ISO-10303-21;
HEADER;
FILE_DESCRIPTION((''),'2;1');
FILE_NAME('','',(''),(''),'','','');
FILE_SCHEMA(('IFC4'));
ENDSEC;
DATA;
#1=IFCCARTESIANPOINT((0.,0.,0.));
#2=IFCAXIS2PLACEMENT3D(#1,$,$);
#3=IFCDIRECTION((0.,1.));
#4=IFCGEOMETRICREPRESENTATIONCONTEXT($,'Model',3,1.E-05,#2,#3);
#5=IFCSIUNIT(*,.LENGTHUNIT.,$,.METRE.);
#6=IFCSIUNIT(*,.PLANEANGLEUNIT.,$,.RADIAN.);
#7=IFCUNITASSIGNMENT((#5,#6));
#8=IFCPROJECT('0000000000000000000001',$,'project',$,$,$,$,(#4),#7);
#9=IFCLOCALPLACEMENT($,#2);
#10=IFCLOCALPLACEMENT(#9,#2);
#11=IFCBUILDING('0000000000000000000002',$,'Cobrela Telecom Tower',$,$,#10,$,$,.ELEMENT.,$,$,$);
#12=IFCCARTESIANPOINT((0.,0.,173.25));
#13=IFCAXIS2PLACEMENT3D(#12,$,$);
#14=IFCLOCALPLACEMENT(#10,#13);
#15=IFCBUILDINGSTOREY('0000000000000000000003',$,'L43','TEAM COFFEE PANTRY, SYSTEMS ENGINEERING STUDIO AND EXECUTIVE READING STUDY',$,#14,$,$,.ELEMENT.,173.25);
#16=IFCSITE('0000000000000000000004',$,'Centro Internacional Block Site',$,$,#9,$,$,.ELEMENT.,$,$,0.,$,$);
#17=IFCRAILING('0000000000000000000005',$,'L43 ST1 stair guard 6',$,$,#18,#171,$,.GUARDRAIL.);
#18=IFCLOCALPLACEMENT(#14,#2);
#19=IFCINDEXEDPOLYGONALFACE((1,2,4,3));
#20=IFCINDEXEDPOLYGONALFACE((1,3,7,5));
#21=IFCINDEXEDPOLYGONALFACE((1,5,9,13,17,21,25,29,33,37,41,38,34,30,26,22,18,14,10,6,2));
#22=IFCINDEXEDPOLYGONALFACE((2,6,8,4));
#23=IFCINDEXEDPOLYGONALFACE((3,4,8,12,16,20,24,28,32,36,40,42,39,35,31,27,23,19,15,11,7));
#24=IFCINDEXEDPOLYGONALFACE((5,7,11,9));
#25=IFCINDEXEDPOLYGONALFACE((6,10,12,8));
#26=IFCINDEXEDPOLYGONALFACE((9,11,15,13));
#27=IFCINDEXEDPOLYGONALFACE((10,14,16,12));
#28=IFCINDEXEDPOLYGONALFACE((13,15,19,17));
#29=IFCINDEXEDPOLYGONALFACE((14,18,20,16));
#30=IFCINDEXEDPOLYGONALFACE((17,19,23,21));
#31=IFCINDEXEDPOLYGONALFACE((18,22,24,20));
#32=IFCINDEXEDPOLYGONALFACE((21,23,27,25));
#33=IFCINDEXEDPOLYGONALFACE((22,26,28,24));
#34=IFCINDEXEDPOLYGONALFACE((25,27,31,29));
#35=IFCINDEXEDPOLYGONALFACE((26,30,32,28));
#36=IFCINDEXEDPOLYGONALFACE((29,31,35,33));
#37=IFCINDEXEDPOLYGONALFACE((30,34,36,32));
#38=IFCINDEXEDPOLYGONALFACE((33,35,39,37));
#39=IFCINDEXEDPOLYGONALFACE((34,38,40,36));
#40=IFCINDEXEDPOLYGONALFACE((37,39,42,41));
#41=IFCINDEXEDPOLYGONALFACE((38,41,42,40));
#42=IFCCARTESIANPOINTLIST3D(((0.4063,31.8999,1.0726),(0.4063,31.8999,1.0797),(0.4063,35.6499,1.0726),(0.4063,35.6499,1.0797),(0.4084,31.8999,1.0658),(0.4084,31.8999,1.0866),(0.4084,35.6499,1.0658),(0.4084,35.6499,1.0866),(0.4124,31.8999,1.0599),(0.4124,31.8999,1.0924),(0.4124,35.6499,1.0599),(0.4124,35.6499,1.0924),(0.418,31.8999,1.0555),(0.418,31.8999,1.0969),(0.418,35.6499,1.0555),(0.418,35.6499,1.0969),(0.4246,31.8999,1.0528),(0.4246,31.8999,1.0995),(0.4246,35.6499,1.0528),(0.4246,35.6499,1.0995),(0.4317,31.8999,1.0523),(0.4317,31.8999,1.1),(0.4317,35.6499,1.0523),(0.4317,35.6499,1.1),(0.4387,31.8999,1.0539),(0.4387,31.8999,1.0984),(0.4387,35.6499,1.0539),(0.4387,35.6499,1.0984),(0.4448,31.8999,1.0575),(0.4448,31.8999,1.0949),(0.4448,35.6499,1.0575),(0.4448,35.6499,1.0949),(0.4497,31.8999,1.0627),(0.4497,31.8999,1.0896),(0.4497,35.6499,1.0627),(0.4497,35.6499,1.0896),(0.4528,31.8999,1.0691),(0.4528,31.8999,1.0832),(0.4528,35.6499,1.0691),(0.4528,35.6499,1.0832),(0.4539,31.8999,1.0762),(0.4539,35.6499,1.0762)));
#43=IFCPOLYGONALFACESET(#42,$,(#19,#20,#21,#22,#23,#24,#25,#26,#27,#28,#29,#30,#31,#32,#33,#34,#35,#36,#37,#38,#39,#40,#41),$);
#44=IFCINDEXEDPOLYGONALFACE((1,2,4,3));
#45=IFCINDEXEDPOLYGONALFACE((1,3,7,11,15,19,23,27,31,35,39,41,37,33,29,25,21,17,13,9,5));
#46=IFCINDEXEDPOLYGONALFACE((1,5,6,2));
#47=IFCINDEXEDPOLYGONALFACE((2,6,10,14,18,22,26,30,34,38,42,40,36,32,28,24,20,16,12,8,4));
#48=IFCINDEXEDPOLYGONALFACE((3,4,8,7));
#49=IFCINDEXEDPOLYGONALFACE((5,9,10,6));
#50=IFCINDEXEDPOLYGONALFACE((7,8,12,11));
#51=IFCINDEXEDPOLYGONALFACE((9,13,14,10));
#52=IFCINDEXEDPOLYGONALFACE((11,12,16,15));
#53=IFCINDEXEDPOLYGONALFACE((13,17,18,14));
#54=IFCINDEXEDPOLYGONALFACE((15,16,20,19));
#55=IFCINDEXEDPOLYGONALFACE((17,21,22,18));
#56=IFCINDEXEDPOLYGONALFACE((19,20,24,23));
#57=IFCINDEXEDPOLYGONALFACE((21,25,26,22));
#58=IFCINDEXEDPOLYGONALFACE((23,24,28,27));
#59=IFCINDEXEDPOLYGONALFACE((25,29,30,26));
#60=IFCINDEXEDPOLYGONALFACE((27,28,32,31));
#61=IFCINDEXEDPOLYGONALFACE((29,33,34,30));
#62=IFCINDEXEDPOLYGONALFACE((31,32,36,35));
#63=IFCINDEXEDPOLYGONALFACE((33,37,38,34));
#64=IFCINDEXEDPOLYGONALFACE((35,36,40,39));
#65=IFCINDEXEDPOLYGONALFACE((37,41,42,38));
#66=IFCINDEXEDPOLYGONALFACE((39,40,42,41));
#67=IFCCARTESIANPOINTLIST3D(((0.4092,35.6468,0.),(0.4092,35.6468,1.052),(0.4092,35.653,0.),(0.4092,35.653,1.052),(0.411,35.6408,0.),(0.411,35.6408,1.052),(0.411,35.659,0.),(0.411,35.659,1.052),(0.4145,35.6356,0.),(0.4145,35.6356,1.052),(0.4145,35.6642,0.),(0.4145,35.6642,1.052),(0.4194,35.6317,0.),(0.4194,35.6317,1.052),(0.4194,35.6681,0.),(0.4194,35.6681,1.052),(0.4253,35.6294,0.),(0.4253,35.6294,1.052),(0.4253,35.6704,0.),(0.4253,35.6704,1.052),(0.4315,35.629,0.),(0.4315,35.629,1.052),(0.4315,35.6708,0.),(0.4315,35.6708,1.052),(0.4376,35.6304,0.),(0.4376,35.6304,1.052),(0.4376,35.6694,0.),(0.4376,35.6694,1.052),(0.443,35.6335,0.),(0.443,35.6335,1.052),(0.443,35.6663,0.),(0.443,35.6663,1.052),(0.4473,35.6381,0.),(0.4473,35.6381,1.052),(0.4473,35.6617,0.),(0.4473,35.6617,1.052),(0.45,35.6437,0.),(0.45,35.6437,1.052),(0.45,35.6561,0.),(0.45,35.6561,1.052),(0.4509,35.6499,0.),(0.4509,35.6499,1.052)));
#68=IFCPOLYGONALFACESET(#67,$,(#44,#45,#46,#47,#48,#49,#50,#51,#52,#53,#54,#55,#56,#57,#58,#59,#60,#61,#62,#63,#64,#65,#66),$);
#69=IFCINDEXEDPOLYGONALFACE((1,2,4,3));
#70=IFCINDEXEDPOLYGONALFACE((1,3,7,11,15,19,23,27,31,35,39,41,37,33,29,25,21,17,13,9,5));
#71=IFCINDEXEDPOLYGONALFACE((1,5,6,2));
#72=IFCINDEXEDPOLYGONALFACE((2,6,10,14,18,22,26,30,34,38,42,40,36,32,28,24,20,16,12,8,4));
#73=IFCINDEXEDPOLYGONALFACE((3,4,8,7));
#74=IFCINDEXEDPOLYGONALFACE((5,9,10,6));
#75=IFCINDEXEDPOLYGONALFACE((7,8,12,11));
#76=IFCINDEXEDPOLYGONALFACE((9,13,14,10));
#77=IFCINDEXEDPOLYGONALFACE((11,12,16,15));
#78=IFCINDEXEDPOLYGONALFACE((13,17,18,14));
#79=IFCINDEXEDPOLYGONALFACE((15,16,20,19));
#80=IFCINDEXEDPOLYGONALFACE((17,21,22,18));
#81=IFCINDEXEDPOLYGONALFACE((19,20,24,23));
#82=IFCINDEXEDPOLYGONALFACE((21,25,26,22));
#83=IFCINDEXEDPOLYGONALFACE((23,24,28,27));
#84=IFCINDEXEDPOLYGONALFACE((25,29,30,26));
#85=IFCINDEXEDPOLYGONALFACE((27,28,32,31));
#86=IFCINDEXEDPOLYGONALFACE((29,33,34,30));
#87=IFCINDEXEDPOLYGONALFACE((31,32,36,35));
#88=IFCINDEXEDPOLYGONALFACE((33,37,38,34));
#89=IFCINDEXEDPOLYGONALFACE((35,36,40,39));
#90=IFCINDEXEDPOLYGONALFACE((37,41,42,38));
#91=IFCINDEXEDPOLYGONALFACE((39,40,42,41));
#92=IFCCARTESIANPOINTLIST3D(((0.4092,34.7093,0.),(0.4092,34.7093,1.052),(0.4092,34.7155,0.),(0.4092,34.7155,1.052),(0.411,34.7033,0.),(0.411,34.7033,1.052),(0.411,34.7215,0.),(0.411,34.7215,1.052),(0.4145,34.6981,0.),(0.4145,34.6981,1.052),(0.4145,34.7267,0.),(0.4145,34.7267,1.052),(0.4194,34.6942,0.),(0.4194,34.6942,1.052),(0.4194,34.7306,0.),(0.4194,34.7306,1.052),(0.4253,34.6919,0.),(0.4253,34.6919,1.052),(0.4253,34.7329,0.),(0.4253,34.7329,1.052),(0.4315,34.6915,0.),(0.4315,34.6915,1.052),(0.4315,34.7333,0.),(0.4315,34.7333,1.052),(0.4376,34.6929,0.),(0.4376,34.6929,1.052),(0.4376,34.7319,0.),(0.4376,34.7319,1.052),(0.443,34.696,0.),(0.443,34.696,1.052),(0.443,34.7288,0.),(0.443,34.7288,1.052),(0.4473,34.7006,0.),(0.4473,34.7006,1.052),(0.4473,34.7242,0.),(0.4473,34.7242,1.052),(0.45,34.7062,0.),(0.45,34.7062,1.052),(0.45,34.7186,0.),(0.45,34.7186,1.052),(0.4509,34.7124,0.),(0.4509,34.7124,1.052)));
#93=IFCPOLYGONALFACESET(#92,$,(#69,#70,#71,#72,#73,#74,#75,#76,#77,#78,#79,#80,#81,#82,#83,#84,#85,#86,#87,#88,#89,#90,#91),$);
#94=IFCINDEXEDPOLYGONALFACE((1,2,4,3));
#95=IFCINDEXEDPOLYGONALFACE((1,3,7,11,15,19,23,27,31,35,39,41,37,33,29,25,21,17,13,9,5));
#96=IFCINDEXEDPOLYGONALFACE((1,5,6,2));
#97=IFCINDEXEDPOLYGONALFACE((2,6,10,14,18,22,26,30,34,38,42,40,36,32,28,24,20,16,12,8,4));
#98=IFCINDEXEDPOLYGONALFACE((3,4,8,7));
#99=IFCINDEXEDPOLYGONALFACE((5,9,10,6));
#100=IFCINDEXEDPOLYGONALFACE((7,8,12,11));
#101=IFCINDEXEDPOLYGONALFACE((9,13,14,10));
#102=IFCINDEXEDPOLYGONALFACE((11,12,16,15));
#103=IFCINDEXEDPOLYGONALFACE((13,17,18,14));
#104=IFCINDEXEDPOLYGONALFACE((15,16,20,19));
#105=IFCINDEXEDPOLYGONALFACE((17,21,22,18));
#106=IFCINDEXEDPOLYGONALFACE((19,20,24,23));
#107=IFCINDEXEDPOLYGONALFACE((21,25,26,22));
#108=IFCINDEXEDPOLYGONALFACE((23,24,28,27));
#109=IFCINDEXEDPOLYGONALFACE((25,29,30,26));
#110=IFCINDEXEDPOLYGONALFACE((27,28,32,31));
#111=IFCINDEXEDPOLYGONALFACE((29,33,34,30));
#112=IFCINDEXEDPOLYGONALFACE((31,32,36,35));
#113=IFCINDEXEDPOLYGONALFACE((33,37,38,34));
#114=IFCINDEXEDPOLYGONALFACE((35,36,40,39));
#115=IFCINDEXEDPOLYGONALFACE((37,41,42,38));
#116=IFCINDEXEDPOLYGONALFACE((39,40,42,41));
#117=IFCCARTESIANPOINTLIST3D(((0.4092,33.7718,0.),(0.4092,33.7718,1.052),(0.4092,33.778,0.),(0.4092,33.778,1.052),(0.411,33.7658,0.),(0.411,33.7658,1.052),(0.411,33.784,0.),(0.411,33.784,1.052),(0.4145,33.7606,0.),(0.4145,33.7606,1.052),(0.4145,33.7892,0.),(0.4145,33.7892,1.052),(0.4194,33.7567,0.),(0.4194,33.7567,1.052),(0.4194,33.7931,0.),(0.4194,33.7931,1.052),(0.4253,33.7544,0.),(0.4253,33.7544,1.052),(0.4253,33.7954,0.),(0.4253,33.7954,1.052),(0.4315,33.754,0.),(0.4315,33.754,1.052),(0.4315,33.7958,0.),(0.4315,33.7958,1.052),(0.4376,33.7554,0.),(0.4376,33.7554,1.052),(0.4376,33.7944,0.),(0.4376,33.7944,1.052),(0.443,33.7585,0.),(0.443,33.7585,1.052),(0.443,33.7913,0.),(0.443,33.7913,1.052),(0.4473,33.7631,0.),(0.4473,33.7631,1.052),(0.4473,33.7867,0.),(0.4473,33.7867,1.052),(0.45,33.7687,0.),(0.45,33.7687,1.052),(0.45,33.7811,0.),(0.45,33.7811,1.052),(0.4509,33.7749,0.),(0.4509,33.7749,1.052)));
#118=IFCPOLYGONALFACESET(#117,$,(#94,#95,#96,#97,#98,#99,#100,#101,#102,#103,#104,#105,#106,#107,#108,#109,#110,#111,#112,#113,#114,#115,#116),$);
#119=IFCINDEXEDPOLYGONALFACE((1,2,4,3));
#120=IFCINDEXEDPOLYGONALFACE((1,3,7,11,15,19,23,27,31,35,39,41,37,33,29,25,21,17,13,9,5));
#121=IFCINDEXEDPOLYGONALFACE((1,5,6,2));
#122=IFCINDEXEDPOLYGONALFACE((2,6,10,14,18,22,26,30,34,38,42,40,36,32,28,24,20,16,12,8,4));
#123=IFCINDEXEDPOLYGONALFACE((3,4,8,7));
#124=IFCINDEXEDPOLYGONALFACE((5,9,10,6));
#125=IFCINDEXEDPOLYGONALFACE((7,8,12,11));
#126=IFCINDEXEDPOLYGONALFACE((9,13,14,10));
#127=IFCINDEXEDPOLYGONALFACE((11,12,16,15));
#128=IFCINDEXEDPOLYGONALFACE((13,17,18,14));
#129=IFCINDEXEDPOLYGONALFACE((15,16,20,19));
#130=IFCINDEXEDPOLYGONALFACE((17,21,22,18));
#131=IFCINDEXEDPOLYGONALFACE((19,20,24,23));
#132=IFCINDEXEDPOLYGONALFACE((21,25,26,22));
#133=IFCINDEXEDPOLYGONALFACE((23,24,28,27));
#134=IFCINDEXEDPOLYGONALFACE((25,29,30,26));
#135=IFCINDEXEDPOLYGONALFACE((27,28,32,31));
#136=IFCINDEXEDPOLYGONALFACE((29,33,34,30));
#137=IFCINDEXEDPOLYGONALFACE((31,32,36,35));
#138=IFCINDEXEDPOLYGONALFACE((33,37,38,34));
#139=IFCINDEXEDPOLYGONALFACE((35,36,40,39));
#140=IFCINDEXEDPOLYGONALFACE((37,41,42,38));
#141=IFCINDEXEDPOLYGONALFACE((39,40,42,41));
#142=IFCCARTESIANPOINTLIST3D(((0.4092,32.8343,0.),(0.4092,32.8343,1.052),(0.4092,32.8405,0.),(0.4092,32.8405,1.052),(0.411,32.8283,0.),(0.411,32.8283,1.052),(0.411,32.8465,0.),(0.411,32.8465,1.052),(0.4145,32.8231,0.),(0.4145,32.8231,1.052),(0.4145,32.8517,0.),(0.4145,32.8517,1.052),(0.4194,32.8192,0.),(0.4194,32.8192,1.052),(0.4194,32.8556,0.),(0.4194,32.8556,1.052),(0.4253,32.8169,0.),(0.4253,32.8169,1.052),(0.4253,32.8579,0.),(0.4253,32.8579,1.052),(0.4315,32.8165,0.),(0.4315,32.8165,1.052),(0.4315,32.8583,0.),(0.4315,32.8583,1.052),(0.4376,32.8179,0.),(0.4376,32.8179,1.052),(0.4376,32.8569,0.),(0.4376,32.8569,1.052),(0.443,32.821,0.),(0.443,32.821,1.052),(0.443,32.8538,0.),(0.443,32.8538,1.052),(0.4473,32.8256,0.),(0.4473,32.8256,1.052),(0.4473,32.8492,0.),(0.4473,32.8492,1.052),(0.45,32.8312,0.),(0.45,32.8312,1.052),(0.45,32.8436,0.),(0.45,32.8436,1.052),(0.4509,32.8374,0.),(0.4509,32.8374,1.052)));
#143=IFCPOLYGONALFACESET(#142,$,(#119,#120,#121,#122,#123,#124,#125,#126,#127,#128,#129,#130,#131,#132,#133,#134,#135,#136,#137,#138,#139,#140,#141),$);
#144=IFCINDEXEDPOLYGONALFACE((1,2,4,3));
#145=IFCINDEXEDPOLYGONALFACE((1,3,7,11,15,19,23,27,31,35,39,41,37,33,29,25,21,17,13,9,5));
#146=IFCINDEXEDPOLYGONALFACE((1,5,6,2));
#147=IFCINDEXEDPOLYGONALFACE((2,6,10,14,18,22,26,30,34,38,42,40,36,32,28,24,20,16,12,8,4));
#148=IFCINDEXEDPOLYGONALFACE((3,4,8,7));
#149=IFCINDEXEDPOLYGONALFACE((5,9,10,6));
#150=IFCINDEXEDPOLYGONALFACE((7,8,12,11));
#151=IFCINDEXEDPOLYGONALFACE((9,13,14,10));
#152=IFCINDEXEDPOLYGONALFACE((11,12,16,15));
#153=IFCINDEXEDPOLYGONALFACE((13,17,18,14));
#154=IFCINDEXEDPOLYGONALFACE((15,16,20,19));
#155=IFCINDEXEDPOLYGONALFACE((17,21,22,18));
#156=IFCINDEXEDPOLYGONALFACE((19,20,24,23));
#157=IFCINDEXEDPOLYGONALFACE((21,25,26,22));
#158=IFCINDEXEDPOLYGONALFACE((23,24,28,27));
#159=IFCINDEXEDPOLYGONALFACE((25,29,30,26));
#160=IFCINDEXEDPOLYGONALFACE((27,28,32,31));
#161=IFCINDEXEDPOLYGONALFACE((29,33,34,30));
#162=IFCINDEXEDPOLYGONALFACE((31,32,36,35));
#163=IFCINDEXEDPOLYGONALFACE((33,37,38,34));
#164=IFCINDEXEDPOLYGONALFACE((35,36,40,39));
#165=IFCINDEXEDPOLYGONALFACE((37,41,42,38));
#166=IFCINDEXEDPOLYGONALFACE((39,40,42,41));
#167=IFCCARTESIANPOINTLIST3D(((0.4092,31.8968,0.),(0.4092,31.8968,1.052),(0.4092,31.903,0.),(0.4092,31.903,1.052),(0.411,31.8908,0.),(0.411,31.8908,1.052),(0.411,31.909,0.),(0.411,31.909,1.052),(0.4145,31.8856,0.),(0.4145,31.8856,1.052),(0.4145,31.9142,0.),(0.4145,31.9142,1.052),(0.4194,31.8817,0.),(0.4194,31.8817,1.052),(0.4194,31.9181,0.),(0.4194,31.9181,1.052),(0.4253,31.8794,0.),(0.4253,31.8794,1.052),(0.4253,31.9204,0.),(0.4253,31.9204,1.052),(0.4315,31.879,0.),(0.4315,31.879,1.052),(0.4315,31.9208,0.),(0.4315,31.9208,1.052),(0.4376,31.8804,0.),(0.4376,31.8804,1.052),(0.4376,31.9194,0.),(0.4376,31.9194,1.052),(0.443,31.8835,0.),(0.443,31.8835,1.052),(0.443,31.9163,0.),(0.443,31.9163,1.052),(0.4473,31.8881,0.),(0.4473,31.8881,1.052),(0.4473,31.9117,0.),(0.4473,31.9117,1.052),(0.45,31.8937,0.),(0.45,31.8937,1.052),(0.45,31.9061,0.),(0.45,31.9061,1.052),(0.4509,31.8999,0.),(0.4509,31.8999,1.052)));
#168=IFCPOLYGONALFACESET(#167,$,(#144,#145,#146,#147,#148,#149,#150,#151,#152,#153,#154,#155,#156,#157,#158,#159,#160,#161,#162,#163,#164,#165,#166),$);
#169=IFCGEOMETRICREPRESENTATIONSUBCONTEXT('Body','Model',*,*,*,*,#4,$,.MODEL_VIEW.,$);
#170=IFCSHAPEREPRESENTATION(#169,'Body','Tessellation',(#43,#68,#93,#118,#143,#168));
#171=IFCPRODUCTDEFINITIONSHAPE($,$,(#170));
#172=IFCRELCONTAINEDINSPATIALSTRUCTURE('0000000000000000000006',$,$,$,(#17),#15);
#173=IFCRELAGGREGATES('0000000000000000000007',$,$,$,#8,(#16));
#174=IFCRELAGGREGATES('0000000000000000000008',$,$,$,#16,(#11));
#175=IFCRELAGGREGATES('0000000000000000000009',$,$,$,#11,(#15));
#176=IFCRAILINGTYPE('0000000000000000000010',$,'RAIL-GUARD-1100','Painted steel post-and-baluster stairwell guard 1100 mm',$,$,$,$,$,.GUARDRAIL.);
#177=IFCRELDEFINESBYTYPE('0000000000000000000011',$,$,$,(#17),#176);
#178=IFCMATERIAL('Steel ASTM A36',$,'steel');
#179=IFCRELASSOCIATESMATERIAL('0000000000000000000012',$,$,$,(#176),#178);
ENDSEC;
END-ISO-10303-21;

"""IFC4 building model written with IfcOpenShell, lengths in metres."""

from ifc_helpers import new_model, si_unit, direction, frame, origin, origin_2d, place, context, subcontext, project, spatial, circle, extrude, material, type_object, element, save


model = new_model("IFC4")

# Units and contexts
model_context = context("Model", 3, precision=1e-05, world=origin(), true_north=direction((0.0, 1.0)))
body_context = subcontext(model_context, "Body", "Model", "MODEL_VIEW")
ifc_project = project(units=[si_unit("LENGTHUNIT", "METRE"), si_unit("PLANEANGLEUNIT", "RADIAN")], contexts=[model_context])

# Site, building, storey
site_placement = place(None, origin())
site = spatial("IfcSite", under=ifc_project, at=site_placement, Name="Centro Internacional Block Site", CompositionType="ELEMENT", RefElevation=0.0)
building_placement = place(site_placement, origin())
building = spatial("IfcBuilding", under=site, at=building_placement, Name="Cobrela Telecom Tower", CompositionType="ELEMENT")
storey_placement = place(building_placement, frame((0.0, 0.0, 173.25)))
storey = spatial("IfcBuildingStorey", under=building, at=storey_placement, Name="L43", Description="TEAM COFFEE PANTRY, SYSTEMS ENGINEERING STUDIO AND EXECUTIVE READING STUDY", CompositionType="ELEMENT", Elevation=173.25)

# Shared definitions
ifc_material_1 = material(Name="Steel ASTM A36", Category="steel")

# Railing
railing_type_1 = type_object("IfcRailingType", Name="RAIL-GUARD-1100", Description="Painted steel post-and-baluster stairwell guard 1100 mm", PredefinedType="GUARDRAIL", material=ifc_material_1)
railing_1_placement = place(storey_placement, frame((0.4299, 35.6499, 0.0)))
element("IfcRailing", 1, at=railing_1_placement, inside=storey, type_object=railing_type_1, Name="L43 ST1 stair guard 6", PredefinedType="GUARDRAIL", context=body_context, shape_type="SweptSolid", body=[
    extrude(circle(Radius=0.0239, at=origin_2d()), frame((0.0, 0.0, 1.0762), z_axis=(0.0, -1.0, 0.0), x_axis=(1.0, 0.0, 0.0)), (0.0, 0.0, 1.0), 3.75),
    extrude(circle(Radius=0.021, at=origin_2d()), origin(), (0.0, 0.0, 1.0), 1.052),
    extrude(circle(Radius=0.021, at=origin_2d()), frame((0.0, -0.9375, 0.0)), (0.0, 0.0, 1.0), 1.052),
    extrude(circle(Radius=0.021, at=origin_2d()), frame((0.0, -1.875, 0.0)), (0.0, 0.0, 1.0), 1.052),
    extrude(circle(Radius=0.021, at=origin_2d()), frame((0.0, -2.8125, 0.0)), (0.0, 0.0, 1.0), 1.052),
    extrude(circle(Radius=0.021, at=origin_2d()), frame((0.0, -3.75, 0.0)), (0.0, 0.0, 1.0), 1.052),
])

save(model, "model.ifc")
